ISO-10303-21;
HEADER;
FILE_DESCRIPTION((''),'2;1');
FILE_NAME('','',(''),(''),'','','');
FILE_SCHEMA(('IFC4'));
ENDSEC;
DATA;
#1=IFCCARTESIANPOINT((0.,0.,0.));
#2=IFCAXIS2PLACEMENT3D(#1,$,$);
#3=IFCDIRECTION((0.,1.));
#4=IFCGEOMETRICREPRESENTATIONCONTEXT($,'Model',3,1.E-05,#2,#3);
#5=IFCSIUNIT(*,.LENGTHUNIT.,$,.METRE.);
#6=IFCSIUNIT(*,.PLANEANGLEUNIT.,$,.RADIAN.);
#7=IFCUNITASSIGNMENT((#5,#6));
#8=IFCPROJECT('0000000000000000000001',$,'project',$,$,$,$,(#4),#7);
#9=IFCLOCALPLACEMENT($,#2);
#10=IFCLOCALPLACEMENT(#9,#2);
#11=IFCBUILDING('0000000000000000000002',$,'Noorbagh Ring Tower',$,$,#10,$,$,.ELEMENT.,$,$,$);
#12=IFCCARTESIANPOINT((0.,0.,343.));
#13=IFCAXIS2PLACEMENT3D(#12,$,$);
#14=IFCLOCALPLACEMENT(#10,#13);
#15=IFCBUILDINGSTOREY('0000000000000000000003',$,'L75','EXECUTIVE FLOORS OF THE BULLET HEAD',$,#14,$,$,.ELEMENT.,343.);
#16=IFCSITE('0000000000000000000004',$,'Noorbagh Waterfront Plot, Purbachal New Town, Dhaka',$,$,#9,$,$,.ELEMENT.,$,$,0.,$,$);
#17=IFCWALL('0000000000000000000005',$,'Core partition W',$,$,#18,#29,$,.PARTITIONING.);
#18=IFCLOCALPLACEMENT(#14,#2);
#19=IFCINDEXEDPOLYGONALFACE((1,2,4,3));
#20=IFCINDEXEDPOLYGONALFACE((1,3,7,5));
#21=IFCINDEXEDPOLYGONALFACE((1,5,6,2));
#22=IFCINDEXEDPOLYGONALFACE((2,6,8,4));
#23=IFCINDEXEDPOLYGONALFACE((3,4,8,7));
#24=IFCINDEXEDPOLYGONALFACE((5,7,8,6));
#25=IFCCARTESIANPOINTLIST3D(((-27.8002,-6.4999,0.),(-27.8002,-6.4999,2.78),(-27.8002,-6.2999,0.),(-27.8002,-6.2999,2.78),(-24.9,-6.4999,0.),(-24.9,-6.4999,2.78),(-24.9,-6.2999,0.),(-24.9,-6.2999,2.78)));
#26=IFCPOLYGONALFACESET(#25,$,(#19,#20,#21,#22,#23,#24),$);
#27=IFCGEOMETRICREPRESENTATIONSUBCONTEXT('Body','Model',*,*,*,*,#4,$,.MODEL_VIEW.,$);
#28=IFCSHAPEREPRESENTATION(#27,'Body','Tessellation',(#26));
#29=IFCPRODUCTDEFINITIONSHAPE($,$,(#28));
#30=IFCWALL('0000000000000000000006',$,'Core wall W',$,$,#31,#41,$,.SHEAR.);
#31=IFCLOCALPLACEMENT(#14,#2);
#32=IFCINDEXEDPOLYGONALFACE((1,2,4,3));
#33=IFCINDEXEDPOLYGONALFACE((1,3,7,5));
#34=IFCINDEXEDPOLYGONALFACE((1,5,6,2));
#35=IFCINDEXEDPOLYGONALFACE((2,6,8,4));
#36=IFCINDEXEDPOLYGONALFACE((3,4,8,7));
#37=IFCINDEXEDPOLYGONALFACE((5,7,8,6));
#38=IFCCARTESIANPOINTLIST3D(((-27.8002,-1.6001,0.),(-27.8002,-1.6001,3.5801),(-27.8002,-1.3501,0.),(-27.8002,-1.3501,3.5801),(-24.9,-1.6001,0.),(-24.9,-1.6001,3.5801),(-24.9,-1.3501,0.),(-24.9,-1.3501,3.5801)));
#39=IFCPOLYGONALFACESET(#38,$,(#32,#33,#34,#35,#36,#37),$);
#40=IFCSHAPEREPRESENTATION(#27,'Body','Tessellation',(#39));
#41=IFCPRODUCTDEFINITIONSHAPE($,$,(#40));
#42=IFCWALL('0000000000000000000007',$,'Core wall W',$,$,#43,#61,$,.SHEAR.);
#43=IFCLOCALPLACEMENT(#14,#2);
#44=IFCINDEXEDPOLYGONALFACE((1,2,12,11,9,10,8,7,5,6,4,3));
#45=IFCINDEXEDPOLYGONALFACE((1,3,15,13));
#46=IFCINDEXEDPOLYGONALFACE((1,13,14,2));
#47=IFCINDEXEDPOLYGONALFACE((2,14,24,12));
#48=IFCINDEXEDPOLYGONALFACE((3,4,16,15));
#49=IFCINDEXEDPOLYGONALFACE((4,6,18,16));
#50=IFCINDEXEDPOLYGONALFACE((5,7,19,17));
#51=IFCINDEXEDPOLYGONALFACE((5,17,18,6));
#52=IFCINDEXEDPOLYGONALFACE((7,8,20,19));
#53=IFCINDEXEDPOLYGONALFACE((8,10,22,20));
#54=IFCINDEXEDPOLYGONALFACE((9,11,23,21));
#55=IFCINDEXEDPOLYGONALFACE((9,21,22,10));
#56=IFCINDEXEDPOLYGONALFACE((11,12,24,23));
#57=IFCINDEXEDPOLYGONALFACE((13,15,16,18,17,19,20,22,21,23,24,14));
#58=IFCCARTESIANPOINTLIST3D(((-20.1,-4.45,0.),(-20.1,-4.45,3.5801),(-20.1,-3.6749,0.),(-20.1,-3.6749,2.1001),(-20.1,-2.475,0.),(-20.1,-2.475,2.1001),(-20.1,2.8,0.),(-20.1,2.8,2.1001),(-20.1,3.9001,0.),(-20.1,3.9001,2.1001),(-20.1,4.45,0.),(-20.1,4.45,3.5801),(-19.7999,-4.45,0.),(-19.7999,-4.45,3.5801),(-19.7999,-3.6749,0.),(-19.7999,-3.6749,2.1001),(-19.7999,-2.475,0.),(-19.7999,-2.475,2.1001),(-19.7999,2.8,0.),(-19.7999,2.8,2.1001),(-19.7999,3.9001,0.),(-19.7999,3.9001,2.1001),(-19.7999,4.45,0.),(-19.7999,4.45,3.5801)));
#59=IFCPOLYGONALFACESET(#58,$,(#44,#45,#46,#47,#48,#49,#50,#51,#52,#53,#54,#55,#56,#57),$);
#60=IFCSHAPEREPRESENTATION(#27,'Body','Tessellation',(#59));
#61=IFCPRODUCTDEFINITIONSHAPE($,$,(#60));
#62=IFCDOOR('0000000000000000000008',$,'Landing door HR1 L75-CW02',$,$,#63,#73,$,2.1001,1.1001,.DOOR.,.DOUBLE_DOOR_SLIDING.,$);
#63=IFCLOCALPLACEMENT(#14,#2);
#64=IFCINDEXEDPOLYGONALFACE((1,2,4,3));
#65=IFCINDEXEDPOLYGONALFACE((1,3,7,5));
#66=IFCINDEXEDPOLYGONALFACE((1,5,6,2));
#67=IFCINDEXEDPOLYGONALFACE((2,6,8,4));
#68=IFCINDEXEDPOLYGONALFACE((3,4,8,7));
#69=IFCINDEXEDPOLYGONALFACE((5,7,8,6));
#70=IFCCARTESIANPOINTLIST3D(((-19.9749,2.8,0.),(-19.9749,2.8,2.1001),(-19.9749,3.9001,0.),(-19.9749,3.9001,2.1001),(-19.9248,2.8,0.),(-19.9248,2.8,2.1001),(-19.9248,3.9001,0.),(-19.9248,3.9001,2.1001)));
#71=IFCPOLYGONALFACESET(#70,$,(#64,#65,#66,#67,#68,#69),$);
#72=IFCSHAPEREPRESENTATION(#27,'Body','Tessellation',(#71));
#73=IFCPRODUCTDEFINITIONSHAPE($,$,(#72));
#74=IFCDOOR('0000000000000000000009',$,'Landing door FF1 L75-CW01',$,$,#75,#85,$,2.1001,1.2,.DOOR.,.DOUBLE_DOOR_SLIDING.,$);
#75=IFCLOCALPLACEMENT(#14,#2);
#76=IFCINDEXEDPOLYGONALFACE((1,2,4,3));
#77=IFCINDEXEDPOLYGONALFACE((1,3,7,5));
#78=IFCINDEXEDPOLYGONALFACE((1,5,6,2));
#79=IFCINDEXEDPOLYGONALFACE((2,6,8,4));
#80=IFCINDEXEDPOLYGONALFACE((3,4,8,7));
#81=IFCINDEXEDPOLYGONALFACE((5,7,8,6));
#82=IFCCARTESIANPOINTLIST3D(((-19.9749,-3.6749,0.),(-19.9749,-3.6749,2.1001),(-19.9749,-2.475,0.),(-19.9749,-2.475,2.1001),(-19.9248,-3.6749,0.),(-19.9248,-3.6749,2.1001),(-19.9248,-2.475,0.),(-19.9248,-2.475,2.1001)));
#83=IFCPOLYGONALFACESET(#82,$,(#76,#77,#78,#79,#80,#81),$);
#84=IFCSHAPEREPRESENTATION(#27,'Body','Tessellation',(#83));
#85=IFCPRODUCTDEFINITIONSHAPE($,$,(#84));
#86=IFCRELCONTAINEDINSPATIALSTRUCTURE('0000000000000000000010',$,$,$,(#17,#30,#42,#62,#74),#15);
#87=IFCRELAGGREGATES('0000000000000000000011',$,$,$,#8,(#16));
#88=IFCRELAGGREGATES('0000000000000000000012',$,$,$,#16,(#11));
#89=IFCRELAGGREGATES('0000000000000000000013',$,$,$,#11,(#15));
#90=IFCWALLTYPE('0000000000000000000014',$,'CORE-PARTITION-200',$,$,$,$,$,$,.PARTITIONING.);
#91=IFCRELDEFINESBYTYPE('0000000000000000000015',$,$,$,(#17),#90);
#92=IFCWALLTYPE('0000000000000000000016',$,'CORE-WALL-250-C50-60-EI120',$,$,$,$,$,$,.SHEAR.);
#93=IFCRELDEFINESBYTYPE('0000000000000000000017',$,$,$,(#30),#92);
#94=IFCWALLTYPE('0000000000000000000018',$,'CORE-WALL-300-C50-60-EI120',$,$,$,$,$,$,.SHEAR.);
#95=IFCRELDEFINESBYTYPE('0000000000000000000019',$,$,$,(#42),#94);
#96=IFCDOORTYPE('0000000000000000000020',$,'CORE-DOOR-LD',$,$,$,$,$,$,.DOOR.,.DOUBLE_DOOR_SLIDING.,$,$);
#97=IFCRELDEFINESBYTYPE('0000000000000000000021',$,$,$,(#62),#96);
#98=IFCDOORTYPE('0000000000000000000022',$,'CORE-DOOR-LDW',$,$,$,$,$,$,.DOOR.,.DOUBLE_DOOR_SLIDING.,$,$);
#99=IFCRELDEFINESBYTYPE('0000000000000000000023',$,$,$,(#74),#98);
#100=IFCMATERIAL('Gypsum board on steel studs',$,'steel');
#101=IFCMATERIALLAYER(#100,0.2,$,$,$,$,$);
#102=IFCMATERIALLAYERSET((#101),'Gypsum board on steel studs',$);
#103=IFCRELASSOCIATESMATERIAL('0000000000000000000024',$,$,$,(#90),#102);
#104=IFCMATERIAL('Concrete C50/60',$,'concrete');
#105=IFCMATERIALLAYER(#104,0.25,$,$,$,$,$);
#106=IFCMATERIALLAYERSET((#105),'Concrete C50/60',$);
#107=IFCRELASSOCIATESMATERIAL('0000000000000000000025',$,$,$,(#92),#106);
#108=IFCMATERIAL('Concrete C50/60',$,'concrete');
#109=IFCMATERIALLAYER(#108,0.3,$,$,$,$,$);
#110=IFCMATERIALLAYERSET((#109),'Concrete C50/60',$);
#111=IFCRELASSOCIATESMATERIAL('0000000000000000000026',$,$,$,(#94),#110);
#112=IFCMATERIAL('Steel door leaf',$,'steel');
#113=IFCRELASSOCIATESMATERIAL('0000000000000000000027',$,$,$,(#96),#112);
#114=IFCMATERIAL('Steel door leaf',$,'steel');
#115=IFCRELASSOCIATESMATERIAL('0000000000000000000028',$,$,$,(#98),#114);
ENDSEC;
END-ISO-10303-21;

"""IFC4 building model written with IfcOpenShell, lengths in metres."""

from ifc_helpers import new_model, si_unit, direction, frame, frame_2d, origin, place, context, subcontext, project, spatial, rectangle, extrude, material, layer, layer_set, type_object, element, fill, save


model = new_model("IFC4")

# Units and contexts
model_context = context("Model", 3, precision=1e-05, world=origin(), true_north=direction((0.0, 1.0)))
body_context = subcontext(model_context, "Body", "Model", "MODEL_VIEW")
ifc_project = project(units=[si_unit("LENGTHUNIT", "METRE"), si_unit("PLANEANGLEUNIT", "RADIAN")], contexts=[model_context])

# Site, building, storey
site_placement = place(None, origin())
site = spatial("IfcSite", under=ifc_project, at=site_placement, Name="Noorbagh Waterfront Plot, Purbachal New Town, Dhaka", CompositionType="ELEMENT", RefElevation=0.0)
building_placement = place(site_placement, origin())
building = spatial("IfcBuilding", under=site, at=building_placement, Name="Noorbagh Ring Tower", CompositionType="ELEMENT")
storey_placement = place(building_placement, frame((0.0, 0.0, 343.0)))
storey = spatial("IfcBuildingStorey", under=building, at=storey_placement, Name="L75", Description="EXECUTIVE FLOORS OF THE BULLET HEAD", CompositionType="ELEMENT", Elevation=343.0)

# Walls
ifc_material_1 = material(Name="Gypsum board on steel studs", Category="steel")
ifc_layer_1 = layer(ifc_material_1, 0.2)
ifc_layer_set_1 = layer_set([ifc_layer_1], Name="Gypsum board on steel studs")
wall_type_1 = type_object("IfcWallType", Name="CORE-PARTITION-200", PredefinedType="PARTITIONING", material=ifc_layer_set_1)
wall_1_placement = place(storey_placement, frame((-24.8999, -6.3999, 0.0), z_axis=(0.0, 0.0, 1.0), x_axis=(-1.0, 0.0, 0.0)))
element("IfcWall", 1, at=wall_1_placement, inside=storey, type_object=wall_type_1, Name="Core partition W", PredefinedType="PARTITIONING", context=body_context, shape_type="SweptSolid", body=[
    extrude(rectangle(XDim=2.9001, YDim=0.2, at=frame_2d((1.4502, 0.0))), origin(), (0.0, 0.0, 1.0), 2.78),
])
ifc_material_2 = material(Name="Concrete C50/60", Category="concrete")
ifc_layer_2 = layer(ifc_material_2, 0.25)
ifc_layer_set_2 = layer_set([ifc_layer_2], Name="Concrete C50/60")
wall_type_2 = type_object("IfcWallType", Name="CORE-WALL-250-C50-60-EI120", PredefinedType="SHEAR", material=ifc_layer_set_2)
wall_2_placement = place(storey_placement, frame((-24.8999, -1.4751, 0.0), z_axis=(0.0, 0.0, 1.0), x_axis=(-1.0, 0.0, 0.0)))
element("IfcWall", 2, at=wall_2_placement, inside=storey, type_object=wall_type_2, Name="Core wall W", PredefinedType="SHEAR", context=body_context, shape_type="SweptSolid", body=[
    extrude(rectangle(XDim=2.9001, YDim=0.25, at=frame_2d((1.4502, 0.0))), origin(), (0.0, 0.0, 1.0), 3.5801),
])

# Wall, openings, doors
ifc_material_3 = material(Name="Concrete C50/60", Category="concrete")
ifc_layer_3 = layer(ifc_material_3, 0.3)
ifc_layer_set_3 = layer_set([ifc_layer_3], Name="Concrete C50/60")
wall_type_3 = type_object("IfcWallType", Name="CORE-WALL-300-C50-60-EI120", PredefinedType="SHEAR", material=ifc_layer_set_3)
wall_3_placement = place(storey_placement, frame((-19.95, -4.45, 0.0), z_axis=(0.0, 0.0, 1.0), x_axis=(0.0, 1.0, 0.0)))
wall_3 = element("IfcWall", 3, at=wall_3_placement, inside=storey, type_object=wall_type_3, Name="Core wall W", PredefinedType="SHEAR", context=body_context, shape_type="SweptSolid", body=[
    extrude(rectangle(XDim=8.8999, YDim=0.3, at=frame_2d((4.45, 0.0))), origin(), (0.0, 0.0, 1.0), 3.5801),
])
opening_1_placement = place(wall_3_placement, frame((0.7749, 0.0, 0.0)))
opening_1 = element("IfcOpeningElement", 4, at=opening_1_placement, cuts=wall_3, PredefinedType="OPENING", context=body_context, shape_type="SweptSolid", body=[
    extrude(rectangle(XDim=1.2, YDim=2.1001, at=frame_2d((0.6001, 1.05))), frame((0.0, 0.1602, 0.0), z_axis=(0.0, -1.0, 0.0), x_axis=(1.0, 0.0, 0.0)), (0.0, 0.0, 1.0), 0.3201),
])
opening_2_placement = place(wall_3_placement, frame((7.25, 0.0, 0.0)))
opening_2 = element("IfcOpeningElement", 5, at=opening_2_placement, cuts=wall_3, PredefinedType="OPENING", context=body_context, shape_type="SweptSolid", body=[
    extrude(rectangle(XDim=1.1001, YDim=2.1001, at=frame_2d((0.55, 1.05))), frame((0.0, 0.1602, 0.0), z_axis=(0.0, -1.0, 0.0), x_axis=(1.0, 0.0, 0.0)), (0.0, 0.0, 1.0), 0.3201),
])
ifc_material_4 = material(Name="Steel door leaf", Category="steel")
door_type_1 = type_object("IfcDoorType", Name="CORE-DOOR-LD", OperationType="DOUBLE_DOOR_SLIDING", PredefinedType="DOOR", material=ifc_material_4)
door_1_placement = place(opening_2_placement, origin())
door_1 = element("IfcDoor", 6, at=door_1_placement, inside=storey, type_object=door_type_1, Name="Landing door HR1 L75-CW02", OperationType="DOUBLE_DOOR_SLIDING", OverallHeight=2.1001, OverallWidth=1.1001, PredefinedType="DOOR", context=body_context, shape_type="SweptSolid", body=[
    extrude(rectangle(XDim=1.1001, YDim=2.1001, at=frame_2d((0.55, 1.05))), frame((0.0, 0.0249, 0.0), z_axis=(0.0, -1.0, 0.0), x_axis=(1.0, 0.0, 0.0)), (0.0, 0.0, 1.0), 0.05),
])
fill(opening_2, door_1)
ifc_material_5 = material(Name="Steel door leaf", Category="steel")
door_type_2 = type_object("IfcDoorType", Name="CORE-DOOR-LDW", OperationType="DOUBLE_DOOR_SLIDING", PredefinedType="DOOR", material=ifc_material_5)
door_2_placement = place(opening_1_placement, origin())
door_2 = element("IfcDoor", 7, at=door_2_placement, inside=storey, type_object=door_type_2, Name="Landing door FF1 L75-CW01", OperationType="DOUBLE_DOOR_SLIDING", OverallHeight=2.1001, OverallWidth=1.2, PredefinedType="DOOR", context=body_context, shape_type="SweptSolid", body=[
    extrude(rectangle(XDim=1.2, YDim=2.1001, at=frame_2d((0.6001, 1.05))), frame((0.0, 0.0249, 0.0), z_axis=(0.0, -1.0, 0.0), x_axis=(1.0, 0.0, 0.0)), (0.0, 0.0, 1.0), 0.05),
])
fill(opening_1, door_2)

save(model, "model.ifc")
